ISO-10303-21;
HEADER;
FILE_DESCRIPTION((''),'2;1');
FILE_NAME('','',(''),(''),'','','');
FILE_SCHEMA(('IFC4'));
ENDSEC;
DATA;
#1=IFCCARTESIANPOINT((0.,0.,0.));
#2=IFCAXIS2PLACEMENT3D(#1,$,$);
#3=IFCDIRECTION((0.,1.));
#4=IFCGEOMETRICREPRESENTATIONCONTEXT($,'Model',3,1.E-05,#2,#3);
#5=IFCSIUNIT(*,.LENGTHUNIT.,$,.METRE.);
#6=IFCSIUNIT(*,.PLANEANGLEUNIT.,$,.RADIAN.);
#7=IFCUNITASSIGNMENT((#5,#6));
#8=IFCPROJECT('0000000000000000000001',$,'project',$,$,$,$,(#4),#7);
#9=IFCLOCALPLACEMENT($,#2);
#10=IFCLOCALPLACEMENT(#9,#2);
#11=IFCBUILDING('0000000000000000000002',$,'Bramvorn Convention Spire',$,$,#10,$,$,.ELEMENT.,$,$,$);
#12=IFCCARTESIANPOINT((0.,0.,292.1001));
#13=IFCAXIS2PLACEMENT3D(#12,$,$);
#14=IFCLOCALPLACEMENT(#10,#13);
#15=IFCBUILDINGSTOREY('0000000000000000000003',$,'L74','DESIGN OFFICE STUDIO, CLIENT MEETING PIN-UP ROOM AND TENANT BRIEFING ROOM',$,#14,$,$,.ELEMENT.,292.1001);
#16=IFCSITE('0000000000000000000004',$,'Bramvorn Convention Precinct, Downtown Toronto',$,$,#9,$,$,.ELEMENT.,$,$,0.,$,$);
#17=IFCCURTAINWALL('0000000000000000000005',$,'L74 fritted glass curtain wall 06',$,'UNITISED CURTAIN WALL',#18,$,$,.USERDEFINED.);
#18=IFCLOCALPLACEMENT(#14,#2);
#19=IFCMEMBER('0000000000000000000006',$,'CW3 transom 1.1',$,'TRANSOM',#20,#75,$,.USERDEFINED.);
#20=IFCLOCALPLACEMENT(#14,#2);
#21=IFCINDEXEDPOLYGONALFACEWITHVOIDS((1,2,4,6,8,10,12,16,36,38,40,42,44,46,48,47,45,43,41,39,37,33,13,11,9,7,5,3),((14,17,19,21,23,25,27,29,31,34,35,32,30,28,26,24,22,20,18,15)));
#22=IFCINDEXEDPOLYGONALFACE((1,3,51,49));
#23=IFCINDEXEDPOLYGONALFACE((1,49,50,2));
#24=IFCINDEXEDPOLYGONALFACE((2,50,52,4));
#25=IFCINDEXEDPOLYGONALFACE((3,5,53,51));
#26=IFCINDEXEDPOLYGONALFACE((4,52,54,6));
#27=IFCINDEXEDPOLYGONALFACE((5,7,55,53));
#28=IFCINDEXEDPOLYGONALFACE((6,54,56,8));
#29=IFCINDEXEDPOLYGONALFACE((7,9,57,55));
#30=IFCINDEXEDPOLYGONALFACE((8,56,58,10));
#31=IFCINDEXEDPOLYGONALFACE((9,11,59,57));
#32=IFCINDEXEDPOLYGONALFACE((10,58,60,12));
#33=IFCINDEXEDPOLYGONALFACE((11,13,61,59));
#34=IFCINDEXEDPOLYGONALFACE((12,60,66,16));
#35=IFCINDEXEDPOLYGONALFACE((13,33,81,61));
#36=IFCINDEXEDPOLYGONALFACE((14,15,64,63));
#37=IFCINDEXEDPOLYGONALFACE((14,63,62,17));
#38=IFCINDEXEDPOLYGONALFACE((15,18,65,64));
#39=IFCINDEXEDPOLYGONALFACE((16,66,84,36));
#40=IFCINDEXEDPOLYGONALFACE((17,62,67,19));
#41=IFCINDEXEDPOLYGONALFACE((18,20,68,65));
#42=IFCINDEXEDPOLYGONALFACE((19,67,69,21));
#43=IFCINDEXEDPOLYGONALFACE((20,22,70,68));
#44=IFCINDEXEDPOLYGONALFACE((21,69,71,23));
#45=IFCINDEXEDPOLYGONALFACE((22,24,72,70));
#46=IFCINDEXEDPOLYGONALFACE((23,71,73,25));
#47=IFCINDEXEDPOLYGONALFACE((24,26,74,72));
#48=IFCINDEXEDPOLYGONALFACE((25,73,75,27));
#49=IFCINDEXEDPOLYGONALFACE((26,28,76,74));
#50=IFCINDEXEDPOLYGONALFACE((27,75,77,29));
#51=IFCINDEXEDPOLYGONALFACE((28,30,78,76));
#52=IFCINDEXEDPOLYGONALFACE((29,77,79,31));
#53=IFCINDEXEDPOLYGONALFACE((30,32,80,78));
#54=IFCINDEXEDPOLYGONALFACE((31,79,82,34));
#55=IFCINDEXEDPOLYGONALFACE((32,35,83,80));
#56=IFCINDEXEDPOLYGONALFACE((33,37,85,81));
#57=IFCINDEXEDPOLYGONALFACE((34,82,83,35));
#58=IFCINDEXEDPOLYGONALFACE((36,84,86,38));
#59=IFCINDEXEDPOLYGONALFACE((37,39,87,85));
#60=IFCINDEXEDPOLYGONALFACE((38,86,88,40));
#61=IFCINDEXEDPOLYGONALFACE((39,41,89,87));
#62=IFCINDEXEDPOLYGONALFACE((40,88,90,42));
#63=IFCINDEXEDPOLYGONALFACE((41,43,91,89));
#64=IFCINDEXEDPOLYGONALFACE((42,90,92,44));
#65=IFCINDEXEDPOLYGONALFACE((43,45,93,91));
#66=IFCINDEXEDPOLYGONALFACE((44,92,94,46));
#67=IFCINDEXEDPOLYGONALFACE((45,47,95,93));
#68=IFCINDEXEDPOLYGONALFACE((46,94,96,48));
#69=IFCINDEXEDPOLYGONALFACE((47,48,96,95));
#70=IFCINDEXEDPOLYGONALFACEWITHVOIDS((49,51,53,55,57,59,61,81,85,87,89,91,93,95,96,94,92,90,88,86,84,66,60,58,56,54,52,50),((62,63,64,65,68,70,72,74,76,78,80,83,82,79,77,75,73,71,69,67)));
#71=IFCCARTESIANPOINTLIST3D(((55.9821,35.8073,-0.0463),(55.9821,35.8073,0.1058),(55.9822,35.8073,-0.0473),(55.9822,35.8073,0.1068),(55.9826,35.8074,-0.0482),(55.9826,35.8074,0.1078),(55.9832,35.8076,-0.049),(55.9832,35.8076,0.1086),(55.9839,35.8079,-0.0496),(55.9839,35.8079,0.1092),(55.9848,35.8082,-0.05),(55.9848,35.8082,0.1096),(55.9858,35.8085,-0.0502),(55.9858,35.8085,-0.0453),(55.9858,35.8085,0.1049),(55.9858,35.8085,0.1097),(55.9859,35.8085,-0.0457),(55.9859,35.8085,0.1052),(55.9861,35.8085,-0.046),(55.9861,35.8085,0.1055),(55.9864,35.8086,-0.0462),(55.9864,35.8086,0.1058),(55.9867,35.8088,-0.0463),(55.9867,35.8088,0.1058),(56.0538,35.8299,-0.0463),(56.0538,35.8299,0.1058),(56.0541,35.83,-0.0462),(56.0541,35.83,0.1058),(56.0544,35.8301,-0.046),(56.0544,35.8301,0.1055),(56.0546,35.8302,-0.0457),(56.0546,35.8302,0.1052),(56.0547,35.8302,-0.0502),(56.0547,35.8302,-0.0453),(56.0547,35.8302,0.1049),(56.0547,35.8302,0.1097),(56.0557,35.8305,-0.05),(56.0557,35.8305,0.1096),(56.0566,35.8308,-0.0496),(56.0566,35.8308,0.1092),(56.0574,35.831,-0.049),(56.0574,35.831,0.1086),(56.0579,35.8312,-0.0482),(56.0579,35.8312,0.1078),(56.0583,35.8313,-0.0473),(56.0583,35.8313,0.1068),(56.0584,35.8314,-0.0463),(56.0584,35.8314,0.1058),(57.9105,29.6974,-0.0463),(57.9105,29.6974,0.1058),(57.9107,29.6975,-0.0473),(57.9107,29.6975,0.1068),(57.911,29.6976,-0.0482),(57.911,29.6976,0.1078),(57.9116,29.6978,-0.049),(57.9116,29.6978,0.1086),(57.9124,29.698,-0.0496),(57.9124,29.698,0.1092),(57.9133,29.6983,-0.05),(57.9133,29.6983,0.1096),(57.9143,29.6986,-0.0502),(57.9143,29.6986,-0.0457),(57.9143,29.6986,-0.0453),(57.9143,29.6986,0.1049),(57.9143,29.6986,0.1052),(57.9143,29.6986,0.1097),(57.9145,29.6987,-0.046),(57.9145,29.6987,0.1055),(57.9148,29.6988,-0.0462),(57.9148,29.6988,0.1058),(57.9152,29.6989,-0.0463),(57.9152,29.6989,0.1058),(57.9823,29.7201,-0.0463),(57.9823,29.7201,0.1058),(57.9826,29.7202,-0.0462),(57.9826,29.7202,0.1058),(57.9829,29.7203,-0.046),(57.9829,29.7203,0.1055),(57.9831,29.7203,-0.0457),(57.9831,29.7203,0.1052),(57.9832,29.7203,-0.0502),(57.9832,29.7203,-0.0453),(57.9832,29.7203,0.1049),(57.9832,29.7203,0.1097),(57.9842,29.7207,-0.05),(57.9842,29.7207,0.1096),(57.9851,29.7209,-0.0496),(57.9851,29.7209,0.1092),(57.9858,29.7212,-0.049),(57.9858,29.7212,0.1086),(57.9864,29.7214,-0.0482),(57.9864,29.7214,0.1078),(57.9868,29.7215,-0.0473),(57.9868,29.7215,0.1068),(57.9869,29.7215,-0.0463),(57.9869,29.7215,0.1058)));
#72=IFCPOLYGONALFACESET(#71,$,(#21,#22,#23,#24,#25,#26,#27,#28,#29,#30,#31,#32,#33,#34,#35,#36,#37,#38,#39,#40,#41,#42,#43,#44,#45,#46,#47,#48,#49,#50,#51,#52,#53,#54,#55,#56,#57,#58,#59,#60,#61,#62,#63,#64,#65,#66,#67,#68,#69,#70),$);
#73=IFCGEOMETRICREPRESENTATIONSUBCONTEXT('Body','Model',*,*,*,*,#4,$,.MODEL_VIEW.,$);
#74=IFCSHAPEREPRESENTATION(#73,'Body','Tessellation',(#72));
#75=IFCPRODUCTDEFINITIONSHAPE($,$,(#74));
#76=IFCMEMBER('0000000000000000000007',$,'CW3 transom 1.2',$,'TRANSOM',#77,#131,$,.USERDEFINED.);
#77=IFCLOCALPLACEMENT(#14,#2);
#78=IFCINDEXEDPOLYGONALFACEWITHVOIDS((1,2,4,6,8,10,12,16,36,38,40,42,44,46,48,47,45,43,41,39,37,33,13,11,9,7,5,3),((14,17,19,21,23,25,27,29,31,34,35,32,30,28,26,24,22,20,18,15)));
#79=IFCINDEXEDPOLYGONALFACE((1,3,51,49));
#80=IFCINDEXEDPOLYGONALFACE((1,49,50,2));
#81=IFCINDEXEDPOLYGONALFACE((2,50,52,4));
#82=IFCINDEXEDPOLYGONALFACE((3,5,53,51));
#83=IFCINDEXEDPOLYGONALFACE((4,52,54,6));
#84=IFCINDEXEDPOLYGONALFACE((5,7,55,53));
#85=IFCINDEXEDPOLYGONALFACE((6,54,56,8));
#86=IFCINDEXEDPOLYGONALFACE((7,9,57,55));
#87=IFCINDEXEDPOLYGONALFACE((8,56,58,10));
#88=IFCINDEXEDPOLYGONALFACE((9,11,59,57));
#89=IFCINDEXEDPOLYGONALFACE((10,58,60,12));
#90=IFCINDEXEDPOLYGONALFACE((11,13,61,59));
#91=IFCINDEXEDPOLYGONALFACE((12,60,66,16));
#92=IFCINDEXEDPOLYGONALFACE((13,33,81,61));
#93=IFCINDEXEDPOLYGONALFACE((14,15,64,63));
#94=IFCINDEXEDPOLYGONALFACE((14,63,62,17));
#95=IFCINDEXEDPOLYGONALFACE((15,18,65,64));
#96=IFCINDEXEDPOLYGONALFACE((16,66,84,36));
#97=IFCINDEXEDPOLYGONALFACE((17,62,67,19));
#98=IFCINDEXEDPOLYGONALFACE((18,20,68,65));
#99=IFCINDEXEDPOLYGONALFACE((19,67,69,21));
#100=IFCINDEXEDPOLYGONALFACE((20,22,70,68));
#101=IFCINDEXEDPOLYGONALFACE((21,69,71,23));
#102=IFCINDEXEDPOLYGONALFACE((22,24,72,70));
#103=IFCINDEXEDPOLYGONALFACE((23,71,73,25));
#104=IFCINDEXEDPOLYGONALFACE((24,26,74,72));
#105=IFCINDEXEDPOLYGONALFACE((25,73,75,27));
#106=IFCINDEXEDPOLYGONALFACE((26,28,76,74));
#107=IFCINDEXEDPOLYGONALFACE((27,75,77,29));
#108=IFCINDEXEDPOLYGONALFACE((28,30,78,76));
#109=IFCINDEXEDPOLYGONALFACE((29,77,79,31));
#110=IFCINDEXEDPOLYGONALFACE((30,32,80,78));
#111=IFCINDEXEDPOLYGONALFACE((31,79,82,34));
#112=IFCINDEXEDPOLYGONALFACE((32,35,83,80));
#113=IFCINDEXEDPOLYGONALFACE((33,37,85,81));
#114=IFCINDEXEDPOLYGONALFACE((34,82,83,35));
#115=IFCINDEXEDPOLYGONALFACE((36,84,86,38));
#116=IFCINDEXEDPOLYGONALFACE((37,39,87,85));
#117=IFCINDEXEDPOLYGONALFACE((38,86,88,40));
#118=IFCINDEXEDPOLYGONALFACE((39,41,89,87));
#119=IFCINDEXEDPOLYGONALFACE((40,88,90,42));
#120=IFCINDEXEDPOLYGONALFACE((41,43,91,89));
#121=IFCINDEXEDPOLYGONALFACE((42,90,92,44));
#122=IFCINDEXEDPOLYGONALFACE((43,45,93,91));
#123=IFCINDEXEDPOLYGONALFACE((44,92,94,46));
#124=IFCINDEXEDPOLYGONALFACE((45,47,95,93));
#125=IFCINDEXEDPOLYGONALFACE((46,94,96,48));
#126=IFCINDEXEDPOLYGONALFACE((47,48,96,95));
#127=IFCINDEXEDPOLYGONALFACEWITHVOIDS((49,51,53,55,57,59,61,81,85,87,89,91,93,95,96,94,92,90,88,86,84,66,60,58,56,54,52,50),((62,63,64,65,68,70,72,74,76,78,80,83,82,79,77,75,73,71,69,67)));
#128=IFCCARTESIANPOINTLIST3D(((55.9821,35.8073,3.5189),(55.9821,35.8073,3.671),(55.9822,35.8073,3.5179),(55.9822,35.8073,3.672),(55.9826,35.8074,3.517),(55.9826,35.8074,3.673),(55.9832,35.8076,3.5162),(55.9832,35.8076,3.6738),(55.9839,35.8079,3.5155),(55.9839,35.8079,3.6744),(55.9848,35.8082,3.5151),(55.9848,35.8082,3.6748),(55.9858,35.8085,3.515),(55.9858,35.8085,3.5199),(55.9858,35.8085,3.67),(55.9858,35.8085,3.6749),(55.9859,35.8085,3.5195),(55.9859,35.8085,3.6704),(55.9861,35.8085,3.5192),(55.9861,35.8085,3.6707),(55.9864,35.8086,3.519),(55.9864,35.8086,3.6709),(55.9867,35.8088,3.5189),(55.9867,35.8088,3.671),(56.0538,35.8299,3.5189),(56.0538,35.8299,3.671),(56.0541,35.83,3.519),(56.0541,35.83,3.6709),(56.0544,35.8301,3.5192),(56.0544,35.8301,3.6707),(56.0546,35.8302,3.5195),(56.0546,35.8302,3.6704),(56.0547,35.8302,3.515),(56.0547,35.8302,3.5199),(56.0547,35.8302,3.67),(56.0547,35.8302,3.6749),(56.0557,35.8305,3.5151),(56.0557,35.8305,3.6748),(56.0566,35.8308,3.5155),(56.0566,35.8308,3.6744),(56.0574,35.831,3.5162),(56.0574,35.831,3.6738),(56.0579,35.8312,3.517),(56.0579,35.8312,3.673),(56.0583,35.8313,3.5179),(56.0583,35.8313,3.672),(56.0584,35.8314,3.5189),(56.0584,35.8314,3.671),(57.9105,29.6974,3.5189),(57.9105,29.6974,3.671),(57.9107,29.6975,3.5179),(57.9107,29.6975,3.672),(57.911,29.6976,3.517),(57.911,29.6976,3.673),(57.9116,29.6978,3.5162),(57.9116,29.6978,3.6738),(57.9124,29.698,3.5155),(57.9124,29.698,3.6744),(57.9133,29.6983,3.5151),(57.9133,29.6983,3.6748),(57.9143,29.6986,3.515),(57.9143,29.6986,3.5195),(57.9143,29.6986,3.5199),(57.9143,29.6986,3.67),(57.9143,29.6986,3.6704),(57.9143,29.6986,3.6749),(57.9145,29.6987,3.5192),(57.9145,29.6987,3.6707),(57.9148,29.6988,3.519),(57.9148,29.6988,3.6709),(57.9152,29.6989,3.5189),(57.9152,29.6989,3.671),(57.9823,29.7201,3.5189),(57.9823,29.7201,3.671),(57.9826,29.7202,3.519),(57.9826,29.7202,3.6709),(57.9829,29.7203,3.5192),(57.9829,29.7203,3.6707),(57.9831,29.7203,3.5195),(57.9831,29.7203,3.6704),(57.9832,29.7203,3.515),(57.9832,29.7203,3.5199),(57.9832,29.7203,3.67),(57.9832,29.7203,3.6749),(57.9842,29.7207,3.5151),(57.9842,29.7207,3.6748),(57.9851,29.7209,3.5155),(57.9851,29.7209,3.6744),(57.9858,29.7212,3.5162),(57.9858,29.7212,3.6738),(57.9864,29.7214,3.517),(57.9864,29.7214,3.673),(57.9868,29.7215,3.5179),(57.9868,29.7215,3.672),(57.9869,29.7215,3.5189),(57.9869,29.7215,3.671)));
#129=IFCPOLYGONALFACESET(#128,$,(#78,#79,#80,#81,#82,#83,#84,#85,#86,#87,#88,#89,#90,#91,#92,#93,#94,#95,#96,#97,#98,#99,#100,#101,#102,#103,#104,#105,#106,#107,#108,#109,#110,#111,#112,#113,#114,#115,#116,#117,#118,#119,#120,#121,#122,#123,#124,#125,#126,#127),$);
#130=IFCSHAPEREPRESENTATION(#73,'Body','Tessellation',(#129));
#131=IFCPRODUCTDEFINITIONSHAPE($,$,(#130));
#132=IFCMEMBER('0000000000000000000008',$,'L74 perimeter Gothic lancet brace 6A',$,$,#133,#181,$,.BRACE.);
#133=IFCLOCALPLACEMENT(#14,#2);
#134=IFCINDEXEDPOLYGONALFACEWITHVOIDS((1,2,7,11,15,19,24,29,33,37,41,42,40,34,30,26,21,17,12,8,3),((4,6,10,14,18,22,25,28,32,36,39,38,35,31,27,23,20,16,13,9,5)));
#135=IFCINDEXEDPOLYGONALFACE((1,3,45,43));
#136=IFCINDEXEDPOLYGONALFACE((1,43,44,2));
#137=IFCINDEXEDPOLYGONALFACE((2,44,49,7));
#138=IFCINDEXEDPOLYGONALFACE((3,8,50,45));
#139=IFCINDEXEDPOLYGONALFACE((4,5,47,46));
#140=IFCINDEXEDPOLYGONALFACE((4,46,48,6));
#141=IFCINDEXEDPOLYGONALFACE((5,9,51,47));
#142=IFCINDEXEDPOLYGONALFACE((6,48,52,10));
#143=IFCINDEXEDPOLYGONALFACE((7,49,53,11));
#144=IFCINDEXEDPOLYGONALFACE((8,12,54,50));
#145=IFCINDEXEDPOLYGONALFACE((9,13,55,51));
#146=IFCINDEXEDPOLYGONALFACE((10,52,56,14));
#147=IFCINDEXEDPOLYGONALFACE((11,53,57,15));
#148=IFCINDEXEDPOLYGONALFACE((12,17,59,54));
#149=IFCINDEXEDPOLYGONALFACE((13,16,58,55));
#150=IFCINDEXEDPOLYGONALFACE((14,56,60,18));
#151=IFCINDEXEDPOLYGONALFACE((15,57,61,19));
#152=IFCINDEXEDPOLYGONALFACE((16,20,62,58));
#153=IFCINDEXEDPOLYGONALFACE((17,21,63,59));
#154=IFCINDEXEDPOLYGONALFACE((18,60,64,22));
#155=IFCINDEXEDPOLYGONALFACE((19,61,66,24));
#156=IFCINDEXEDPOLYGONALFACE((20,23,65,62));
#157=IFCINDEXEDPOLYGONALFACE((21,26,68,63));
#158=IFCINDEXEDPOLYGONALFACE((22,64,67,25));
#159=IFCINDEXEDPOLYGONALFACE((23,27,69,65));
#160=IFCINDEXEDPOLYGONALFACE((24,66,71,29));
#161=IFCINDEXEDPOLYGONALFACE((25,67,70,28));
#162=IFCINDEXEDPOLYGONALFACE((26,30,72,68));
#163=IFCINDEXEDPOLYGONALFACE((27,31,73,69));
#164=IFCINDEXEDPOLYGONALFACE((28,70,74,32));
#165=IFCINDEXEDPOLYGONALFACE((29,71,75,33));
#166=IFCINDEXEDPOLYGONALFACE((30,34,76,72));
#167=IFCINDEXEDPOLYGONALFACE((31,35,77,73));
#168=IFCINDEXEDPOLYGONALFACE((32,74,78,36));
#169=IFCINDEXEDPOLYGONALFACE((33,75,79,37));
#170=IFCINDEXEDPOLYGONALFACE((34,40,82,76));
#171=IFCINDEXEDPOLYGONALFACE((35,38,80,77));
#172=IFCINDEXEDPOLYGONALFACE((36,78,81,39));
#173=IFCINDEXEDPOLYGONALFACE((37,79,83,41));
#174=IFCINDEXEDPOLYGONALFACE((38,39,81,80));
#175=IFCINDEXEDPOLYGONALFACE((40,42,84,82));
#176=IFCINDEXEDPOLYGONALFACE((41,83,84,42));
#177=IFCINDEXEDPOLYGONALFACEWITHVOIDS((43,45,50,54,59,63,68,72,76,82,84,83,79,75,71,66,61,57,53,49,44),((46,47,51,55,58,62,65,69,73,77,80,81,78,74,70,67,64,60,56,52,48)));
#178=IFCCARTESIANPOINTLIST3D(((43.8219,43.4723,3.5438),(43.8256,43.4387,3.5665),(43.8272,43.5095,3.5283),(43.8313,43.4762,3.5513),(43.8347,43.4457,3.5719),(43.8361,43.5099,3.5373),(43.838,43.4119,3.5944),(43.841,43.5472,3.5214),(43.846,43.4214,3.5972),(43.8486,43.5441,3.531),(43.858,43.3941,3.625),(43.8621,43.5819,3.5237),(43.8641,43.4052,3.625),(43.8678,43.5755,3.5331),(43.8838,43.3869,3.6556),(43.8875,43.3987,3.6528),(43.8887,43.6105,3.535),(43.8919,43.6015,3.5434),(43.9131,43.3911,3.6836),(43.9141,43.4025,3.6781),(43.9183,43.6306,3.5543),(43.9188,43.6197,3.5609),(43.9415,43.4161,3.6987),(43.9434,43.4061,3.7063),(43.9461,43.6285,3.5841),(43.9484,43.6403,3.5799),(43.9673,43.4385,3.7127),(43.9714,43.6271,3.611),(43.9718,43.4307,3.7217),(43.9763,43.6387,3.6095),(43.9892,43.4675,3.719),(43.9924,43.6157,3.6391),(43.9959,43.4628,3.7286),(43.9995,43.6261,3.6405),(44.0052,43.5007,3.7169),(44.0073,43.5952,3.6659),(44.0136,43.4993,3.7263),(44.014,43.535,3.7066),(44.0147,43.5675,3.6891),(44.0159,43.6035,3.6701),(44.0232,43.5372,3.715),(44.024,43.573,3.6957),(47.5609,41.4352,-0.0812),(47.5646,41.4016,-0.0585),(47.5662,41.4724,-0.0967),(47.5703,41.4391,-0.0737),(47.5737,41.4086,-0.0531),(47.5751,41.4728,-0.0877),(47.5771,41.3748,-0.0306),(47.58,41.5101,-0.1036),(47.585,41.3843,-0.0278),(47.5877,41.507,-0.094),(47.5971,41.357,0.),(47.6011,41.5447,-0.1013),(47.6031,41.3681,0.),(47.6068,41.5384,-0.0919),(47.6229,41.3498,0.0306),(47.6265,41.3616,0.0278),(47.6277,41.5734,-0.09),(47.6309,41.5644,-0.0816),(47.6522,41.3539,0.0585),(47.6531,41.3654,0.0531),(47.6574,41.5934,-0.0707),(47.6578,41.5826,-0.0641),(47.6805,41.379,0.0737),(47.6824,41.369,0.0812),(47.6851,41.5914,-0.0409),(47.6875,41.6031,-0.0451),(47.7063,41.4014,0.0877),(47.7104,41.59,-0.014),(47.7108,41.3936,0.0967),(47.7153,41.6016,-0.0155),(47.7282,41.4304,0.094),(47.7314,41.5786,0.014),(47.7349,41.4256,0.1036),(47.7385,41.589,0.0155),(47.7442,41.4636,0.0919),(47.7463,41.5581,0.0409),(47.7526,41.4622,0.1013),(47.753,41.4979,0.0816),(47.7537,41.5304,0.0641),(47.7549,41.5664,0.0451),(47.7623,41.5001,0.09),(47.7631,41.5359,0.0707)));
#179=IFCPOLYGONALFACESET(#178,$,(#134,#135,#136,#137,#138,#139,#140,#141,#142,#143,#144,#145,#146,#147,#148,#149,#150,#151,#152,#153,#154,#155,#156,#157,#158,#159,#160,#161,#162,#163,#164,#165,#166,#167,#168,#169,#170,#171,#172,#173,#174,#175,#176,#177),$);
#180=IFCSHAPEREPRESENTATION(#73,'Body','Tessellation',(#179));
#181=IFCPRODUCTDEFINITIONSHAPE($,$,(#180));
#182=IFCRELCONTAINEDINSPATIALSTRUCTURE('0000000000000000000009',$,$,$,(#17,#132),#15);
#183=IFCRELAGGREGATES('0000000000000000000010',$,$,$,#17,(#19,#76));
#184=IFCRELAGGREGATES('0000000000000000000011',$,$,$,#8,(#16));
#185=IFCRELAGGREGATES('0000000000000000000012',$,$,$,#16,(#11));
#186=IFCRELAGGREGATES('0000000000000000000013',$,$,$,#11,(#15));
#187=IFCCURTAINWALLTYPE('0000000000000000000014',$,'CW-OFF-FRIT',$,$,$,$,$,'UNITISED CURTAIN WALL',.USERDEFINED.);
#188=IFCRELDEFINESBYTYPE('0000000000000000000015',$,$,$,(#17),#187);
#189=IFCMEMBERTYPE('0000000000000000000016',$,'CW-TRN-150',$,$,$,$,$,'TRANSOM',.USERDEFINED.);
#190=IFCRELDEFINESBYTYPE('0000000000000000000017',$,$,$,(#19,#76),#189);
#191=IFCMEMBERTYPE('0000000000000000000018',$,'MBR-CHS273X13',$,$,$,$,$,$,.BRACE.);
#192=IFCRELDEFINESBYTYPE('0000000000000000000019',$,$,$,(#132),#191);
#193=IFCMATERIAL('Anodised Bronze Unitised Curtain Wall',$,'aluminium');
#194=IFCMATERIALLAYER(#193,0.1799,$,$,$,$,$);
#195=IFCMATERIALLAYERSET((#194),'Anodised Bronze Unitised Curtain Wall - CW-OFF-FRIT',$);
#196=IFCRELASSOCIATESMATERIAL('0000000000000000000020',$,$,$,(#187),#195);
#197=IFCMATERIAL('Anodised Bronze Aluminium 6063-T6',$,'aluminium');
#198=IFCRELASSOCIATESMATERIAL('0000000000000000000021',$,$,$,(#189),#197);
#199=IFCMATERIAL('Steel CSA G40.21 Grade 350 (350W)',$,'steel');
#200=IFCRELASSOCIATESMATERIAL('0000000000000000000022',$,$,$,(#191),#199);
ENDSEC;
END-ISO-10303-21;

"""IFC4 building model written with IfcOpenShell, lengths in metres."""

from ifc_helpers import new_model, si_unit, direction, frame, origin, origin_2d, place, context, subcontext, project, spatial, hollow_rectangle, hollow_circle, extrude, material, layer, layer_set, material_profile, profile_set, type_object, element, aggregate, save


model = new_model("IFC4")

# Units and contexts
model_context = context("Model", 3, precision=1e-05, world=origin(), true_north=direction((0.0, 1.0)))
body_context = subcontext(model_context, "Body", "Model", "MODEL_VIEW")
ifc_project = project(units=[si_unit("LENGTHUNIT", "METRE"), si_unit("PLANEANGLEUNIT", "RADIAN")], contexts=[model_context])

# Site, building, storey
site_placement = place(None, origin())
site = spatial("IfcSite", under=ifc_project, at=site_placement, Name="Bramvorn Convention Precinct, Downtown Toronto", CompositionType="ELEMENT", RefElevation=0.0)
building_placement = place(site_placement, origin())
building = spatial("IfcBuilding", under=site, at=building_placement, Name="Bramvorn Convention Spire", CompositionType="ELEMENT")
storey_placement = place(building_placement, frame((0.0, 0.0, 292.1001)))
storey = spatial("IfcBuildingStorey", under=building, at=storey_placement, Name="L74", Description="DESIGN OFFICE STUDIO, CLIENT MEETING PIN-UP ROOM AND TENANT BRIEFING ROOM", CompositionType="ELEMENT", Elevation=292.1001)

# Shared definitions
ifc_material_1 = material(Name="Steel CSA G40.21 Grade 350 (350W)", Category="steel")

# Curtain wall
ifc_material_2 = material(Name="Anodised Bronze Unitised Curtain Wall", Category="aluminium")
ifc_layer_1 = layer(ifc_material_2, 0.1799)
ifc_layer_set_1 = layer_set([ifc_layer_1], Name="Anodised Bronze Unitised Curtain Wall - CW-OFF-FRIT")
curtain_wall_type = type_object("IfcCurtainWallType", Name="CW-OFF-FRIT", ElementType="UNITISED CURTAIN WALL", PredefinedType="USERDEFINED", material=ifc_layer_set_1)
curtain_wall_1_placement = place(storey_placement, origin())
curtain_wall_1 = element("IfcCurtainWall", 1, at=curtain_wall_1_placement, inside=storey, type_object=curtain_wall_type, Name="L74 fritted glass curtain wall 06", ObjectType="UNITISED CURTAIN WALL", PredefinedType="USERDEFINED")
ifc_material_3 = material(Name="Anodised Bronze Aluminium 6063-T6", Category="aluminium")

# Members
ifc_material_profile_1 = material_profile(ifc_material_3, hollow_rectangle(XDim=0.0801, YDim=0.1599, WallThickness=0.0039, InnerFilletRadius=0.001, OuterFilletRadius=0.0039, at=origin_2d()))
ifc_profile_set_1 = profile_set([ifc_material_profile_1], Name="Anodised Bronze Aluminium 6063-T6 - CWT80X160")
member_type_1 = type_object("IfcMemberType", Name="CW-TRN-150", ElementType="TRANSOM", PredefinedType="USERDEFINED", material=ifc_profile_set_1)
member_1_placement = place(storey_placement, frame((56.0203, 35.8193, 0.0298), z_axis=(0.300995, -0.953626, 0.0), x_axis=(0.953626, 0.300995, 0.0)))
member_1 = element("IfcMember", 2, at=member_1_placement, type_object=member_type_1, Name="CW3 transom 1.1", ObjectType="TRANSOM", PredefinedType="USERDEFINED", context=body_context, shape_type="SweptSolid", body=[
    extrude(hollow_rectangle(XDim=0.0801, YDim=0.1599, WallThickness=0.0039, InnerFilletRadius=0.001, OuterFilletRadius=0.0039, at=origin_2d()), origin(), (0.0, 0.0, 1.0), 6.407),
])
member_2_placement = place(storey_placement, frame((56.0203, 35.8193, 3.595), z_axis=(0.300995, -0.953626, 0.0), x_axis=(0.953626, 0.300995, 0.0)))
member_2 = element("IfcMember", 3, at=member_2_placement, type_object=member_type_1, Name="CW3 transom 1.2", ObjectType="TRANSOM", PredefinedType="USERDEFINED", context=body_context, shape_type="SweptSolid", body=[
    extrude(hollow_rectangle(XDim=0.0801, YDim=0.1599, WallThickness=0.0039, InnerFilletRadius=0.001, OuterFilletRadius=0.0039, at=origin_2d()), origin(), (0.0, 0.0, 1.0), 6.407),
])

# Member
ifc_material_profile_2 = material_profile(ifc_material_1, hollow_circle(Radius=0.1365, WallThickness=0.0127, at=origin_2d()))
ifc_profile_set_2 = profile_set([ifc_material_profile_2], Name="Steel CSA G40.21 Grade 350 (350W) - CHS273X13")
member_type_2 = type_object("IfcMemberType", Name="MBR-CHS273X13", PredefinedType="BRACE", material=ifc_profile_set_2)
member_3_placement = place(storey_placement, frame((47.6624, 41.4768, 0.0), z_axis=(-0.668634, 0.364289, 0.648245), x_axis=(-0.478426, -0.878128, 0.0)))
element("IfcMember", 4, at=member_3_placement, inside=storey, type_object=member_type_2, Name="L74 perimeter Gothic lancet brace 6A", PredefinedType="BRACE", context=body_context, shape_type="SweptSolid", body=[
    extrude(hollow_circle(Radius=0.1365, WallThickness=0.0127, at=origin_2d()), origin(), (0.0, 0.0, 1.0), 5.592),
])

aggregate(curtain_wall_1, [member_1, member_2])

save(model, "model.ifc")
